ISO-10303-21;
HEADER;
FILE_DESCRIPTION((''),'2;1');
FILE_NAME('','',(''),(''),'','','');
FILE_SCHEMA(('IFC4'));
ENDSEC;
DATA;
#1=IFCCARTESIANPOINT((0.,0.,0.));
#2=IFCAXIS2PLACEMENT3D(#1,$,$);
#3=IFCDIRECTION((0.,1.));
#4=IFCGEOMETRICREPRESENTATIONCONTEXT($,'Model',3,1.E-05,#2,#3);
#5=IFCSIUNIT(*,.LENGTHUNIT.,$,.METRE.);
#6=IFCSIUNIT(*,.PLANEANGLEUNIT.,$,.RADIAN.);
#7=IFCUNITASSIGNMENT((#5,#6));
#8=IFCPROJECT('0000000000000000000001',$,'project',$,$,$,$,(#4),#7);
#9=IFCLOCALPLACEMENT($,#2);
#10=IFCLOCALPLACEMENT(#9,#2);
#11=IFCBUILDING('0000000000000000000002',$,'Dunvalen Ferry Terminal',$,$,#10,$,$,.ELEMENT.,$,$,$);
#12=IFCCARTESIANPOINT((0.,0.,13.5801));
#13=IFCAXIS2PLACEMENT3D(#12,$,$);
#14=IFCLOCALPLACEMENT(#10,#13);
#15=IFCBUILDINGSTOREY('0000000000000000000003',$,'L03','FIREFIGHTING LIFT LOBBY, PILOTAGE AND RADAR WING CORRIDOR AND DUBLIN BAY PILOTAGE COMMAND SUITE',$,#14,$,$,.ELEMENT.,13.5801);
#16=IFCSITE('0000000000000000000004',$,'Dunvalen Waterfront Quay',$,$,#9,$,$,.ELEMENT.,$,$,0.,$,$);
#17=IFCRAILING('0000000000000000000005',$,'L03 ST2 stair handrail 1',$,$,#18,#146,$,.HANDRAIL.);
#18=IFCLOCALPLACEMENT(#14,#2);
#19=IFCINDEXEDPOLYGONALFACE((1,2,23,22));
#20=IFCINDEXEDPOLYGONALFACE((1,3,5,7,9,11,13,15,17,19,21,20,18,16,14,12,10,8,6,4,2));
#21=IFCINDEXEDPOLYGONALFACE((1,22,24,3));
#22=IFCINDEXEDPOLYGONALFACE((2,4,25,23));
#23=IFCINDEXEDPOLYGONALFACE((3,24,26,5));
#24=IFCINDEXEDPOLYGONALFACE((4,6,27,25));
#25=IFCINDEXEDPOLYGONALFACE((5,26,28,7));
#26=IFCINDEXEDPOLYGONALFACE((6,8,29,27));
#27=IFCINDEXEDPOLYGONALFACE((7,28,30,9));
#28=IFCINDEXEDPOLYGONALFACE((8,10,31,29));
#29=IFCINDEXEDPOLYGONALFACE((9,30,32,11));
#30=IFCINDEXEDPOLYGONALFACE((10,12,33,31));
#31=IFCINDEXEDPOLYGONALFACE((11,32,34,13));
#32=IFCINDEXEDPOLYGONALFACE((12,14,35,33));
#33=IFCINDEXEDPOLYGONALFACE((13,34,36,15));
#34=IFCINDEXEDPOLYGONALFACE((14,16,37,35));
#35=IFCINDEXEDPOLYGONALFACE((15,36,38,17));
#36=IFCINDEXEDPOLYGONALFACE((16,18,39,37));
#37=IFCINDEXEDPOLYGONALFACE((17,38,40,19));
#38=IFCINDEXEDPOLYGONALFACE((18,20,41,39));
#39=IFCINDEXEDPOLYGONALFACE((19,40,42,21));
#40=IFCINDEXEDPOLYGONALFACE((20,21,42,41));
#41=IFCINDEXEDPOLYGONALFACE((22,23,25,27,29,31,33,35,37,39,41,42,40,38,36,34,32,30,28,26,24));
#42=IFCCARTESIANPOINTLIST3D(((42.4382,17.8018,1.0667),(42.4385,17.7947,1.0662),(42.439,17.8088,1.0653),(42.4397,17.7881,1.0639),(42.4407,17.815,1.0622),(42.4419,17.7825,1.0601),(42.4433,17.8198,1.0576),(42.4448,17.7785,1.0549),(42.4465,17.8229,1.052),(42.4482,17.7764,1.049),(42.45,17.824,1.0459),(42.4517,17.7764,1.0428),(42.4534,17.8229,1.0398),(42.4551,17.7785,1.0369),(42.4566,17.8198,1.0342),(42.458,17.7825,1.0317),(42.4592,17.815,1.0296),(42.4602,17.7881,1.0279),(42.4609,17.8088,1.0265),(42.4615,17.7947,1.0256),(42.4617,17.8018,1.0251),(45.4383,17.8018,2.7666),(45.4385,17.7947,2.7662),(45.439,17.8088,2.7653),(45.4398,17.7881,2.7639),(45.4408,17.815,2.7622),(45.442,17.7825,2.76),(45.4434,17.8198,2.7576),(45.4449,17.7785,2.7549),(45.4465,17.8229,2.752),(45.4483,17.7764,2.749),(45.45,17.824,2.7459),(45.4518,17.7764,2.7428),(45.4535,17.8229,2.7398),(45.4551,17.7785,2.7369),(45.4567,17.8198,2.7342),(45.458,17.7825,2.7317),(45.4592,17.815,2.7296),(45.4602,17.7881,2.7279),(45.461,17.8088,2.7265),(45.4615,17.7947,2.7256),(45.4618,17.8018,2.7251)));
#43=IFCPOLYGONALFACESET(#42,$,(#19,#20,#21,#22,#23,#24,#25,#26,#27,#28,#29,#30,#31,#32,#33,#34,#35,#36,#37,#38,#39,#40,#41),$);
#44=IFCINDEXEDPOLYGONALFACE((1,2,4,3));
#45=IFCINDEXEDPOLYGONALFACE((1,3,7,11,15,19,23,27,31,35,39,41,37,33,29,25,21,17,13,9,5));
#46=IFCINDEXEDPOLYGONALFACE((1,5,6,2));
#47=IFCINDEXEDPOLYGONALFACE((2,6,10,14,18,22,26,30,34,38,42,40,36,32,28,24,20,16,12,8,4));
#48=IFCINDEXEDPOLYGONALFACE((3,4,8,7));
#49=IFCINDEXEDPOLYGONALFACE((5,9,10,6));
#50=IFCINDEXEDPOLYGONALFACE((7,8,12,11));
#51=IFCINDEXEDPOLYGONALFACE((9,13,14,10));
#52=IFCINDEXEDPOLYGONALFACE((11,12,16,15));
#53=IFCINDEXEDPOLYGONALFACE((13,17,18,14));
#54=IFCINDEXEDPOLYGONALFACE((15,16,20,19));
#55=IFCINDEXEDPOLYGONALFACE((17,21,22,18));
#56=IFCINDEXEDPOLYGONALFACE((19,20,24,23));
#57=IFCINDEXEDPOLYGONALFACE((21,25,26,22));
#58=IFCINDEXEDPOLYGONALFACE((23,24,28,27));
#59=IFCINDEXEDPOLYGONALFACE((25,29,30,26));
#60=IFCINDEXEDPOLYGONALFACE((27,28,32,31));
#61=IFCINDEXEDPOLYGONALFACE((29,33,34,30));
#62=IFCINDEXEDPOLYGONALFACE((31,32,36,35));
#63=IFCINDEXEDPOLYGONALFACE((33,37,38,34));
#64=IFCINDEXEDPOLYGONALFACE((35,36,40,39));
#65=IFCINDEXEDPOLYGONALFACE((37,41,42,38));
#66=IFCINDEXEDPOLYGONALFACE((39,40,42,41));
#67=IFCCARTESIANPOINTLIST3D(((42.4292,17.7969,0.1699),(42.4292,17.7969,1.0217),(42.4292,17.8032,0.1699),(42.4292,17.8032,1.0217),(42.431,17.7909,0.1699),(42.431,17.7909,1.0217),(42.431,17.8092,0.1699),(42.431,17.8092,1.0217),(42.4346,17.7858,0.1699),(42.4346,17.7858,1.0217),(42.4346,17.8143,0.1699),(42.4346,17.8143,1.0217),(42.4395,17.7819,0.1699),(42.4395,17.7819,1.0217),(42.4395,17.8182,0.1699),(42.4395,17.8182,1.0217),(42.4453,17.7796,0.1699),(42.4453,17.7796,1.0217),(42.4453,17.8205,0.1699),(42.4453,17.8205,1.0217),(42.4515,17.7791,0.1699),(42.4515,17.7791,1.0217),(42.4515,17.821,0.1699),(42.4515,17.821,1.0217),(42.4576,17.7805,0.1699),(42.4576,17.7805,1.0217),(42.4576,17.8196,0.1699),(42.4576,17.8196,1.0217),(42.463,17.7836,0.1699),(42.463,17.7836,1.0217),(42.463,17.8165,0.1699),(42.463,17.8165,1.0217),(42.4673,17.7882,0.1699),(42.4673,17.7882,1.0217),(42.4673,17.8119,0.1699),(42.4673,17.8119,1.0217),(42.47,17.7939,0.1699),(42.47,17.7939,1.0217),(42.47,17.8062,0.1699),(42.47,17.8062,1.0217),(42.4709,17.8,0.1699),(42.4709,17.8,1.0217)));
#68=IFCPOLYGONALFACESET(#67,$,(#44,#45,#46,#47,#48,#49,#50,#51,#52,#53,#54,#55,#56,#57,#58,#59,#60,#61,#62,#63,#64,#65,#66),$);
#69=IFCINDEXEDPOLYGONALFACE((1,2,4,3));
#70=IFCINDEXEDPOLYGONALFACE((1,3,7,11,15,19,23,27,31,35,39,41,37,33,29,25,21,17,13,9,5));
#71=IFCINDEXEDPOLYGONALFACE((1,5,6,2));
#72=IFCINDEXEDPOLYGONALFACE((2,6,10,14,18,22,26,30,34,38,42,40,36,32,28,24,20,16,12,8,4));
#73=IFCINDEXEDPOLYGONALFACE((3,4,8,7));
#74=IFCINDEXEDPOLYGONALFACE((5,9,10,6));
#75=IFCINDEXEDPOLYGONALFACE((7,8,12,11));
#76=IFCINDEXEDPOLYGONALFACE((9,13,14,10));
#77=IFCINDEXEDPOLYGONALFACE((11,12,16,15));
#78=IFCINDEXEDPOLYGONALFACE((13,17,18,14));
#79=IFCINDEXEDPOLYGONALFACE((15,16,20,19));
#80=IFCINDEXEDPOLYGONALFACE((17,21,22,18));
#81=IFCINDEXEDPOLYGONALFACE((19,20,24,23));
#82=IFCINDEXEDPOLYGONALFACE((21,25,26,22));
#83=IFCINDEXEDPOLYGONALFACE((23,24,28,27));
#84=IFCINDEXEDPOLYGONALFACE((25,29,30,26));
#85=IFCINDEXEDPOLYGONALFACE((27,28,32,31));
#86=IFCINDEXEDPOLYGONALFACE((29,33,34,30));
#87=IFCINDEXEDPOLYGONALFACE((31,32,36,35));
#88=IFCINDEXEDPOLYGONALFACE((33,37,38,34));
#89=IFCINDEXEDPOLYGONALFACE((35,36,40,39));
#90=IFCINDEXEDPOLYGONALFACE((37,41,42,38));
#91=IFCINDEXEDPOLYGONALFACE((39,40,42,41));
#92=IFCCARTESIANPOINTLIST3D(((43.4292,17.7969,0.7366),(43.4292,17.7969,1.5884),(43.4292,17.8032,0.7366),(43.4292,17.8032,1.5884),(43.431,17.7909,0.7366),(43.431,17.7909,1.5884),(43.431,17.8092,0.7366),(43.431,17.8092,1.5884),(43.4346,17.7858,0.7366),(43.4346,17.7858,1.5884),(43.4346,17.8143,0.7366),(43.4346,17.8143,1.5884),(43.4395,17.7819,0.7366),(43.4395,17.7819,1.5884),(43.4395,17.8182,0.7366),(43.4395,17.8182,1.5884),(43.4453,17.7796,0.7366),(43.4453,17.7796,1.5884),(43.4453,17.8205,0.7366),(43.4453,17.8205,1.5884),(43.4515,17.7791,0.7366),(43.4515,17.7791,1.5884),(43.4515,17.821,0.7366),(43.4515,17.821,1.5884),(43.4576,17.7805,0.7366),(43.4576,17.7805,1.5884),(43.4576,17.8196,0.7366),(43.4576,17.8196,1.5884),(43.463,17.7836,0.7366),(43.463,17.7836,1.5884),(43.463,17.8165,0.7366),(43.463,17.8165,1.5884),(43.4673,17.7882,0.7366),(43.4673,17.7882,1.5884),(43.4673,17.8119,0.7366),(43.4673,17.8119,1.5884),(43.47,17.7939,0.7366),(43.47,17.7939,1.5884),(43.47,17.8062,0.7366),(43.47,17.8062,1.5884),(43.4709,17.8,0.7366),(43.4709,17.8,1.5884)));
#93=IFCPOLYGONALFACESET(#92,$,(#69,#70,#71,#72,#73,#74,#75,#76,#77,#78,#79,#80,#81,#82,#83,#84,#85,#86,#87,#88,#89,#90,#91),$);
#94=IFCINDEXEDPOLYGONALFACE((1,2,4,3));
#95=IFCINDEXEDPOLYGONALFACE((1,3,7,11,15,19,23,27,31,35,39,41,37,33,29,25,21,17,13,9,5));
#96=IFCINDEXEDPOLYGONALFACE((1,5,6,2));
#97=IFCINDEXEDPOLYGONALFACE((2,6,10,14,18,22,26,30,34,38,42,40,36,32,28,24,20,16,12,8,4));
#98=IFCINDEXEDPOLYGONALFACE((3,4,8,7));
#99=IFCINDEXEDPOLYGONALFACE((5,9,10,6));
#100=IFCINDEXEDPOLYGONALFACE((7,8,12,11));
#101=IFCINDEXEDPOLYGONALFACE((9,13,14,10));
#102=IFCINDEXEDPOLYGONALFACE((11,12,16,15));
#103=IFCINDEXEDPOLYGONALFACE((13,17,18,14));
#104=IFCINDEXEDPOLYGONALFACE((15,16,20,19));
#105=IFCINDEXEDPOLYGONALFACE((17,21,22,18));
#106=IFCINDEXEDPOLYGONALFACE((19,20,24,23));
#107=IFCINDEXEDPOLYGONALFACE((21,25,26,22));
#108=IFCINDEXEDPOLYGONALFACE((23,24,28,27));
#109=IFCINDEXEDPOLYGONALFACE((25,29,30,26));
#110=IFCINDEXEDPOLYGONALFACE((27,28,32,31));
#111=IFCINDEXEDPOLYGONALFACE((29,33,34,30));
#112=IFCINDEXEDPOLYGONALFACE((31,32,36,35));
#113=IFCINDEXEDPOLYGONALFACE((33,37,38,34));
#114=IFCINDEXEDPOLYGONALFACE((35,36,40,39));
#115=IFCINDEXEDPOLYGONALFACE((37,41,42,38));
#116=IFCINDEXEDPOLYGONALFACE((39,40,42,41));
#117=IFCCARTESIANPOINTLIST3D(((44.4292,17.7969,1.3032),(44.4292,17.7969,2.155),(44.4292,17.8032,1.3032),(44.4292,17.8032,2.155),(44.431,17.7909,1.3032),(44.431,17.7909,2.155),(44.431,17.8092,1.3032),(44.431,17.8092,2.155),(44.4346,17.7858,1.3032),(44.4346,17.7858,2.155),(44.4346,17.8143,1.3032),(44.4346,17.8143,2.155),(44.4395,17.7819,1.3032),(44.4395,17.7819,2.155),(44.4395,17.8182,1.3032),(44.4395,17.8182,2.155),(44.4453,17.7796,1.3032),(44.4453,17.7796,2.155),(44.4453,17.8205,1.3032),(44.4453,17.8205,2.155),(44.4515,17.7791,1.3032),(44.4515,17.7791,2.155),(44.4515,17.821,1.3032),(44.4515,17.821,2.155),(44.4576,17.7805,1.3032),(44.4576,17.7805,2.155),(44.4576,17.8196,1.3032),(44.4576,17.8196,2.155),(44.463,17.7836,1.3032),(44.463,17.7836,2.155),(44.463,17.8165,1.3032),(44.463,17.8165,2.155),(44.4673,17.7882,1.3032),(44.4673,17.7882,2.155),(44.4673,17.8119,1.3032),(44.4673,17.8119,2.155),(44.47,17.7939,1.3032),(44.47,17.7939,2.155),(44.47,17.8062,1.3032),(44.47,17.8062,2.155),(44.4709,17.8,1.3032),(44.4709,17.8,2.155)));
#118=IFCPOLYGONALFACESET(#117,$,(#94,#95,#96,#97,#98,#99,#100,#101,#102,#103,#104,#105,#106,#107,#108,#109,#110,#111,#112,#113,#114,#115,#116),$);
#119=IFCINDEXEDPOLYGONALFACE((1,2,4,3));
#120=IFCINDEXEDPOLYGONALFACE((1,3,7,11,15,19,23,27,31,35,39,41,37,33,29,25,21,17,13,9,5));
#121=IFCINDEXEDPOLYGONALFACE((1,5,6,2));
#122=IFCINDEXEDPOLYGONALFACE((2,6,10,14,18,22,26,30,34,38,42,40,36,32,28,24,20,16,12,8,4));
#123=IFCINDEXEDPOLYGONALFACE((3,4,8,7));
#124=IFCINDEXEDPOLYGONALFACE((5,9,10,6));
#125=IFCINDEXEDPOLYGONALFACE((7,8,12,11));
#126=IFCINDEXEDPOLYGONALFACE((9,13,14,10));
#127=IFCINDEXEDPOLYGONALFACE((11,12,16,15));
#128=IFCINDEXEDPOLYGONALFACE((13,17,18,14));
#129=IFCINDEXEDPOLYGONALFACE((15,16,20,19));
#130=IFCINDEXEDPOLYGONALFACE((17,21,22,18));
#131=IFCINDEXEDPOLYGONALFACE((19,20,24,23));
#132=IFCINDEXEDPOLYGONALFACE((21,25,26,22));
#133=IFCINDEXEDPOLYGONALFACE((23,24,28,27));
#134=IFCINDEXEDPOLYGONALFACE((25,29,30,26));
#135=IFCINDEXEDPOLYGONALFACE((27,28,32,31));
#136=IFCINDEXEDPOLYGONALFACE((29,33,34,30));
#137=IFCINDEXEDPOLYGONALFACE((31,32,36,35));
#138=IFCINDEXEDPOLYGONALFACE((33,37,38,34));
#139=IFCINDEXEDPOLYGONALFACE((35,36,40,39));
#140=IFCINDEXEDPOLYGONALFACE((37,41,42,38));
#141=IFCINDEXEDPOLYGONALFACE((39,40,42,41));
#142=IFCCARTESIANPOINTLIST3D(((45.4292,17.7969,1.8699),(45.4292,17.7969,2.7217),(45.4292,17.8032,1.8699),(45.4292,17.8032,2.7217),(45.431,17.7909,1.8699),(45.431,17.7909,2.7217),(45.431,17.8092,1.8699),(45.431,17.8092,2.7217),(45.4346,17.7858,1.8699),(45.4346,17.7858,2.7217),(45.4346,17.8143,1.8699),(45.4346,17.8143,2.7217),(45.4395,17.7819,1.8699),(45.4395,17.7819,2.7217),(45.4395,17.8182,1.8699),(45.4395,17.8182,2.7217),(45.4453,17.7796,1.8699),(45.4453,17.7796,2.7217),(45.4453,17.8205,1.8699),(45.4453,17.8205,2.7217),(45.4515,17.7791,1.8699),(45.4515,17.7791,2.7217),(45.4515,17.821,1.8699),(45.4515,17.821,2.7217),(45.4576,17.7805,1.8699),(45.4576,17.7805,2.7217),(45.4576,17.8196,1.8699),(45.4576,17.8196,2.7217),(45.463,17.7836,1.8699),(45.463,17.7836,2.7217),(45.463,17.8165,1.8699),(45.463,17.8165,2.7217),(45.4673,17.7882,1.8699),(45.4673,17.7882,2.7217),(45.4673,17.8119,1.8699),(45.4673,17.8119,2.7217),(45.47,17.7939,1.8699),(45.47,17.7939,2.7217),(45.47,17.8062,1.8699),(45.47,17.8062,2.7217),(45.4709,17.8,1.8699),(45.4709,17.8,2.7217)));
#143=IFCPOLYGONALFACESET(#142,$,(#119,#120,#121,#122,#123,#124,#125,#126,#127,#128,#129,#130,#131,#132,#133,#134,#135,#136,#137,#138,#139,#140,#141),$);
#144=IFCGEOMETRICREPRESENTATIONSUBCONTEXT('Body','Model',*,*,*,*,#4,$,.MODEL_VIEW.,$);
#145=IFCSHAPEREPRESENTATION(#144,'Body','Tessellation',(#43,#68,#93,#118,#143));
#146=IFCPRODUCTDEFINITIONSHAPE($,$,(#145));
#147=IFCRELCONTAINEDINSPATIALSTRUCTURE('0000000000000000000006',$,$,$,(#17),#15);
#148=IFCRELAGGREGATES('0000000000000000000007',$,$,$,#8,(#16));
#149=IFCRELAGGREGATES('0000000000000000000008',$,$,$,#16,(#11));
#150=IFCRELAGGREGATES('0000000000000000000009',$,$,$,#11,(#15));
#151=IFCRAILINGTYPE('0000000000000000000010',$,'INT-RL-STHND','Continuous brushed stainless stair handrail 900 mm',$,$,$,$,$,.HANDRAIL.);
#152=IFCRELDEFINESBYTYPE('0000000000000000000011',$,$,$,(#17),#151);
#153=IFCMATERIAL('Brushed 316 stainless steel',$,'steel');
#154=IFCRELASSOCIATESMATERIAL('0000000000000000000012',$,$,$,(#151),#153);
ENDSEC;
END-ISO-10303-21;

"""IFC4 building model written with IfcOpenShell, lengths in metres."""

from ifc_helpers import new_model, si_unit, direction, frame, origin, origin_2d, place, context, subcontext, project, spatial, circle, extrude, material, type_object, element, save


model = new_model("IFC4")

# Units and contexts
model_context = context("Model", 3, precision=1e-05, world=origin(), true_north=direction((0.0, 1.0)))
body_context = subcontext(model_context, "Body", "Model", "MODEL_VIEW")
ifc_project = project(units=[si_unit("LENGTHUNIT", "METRE"), si_unit("PLANEANGLEUNIT", "RADIAN")], contexts=[model_context])

# Site, building, storey
site_placement = place(None, origin())
site = spatial("IfcSite", under=ifc_project, at=site_placement, Name="Dunvalen Waterfront Quay", CompositionType="ELEMENT", RefElevation=0.0)
building_placement = place(site_placement, origin())
building = spatial("IfcBuilding", under=site, at=building_placement, Name="Dunvalen Ferry Terminal", CompositionType="ELEMENT")
storey_placement = place(building_placement, frame((0.0, 0.0, 13.5801)))
storey = spatial("IfcBuildingStorey", under=building, at=storey_placement, Name="L03", Description="FIREFIGHTING LIFT LOBBY, PILOTAGE AND RADAR WING CORRIDOR AND DUBLIN BAY PILOTAGE COMMAND SUITE", CompositionType="ELEMENT", Elevation=13.5801)

# Shared definitions
ifc_material_1 = material(Name="Brushed 316 stainless steel", Category="steel")

# Railing
railing_type_1 = type_object("IfcRailingType", Name="INT-RL-STHND", Description="Continuous brushed stainless stair handrail 900 mm", PredefinedType="HANDRAIL", material=ifc_material_1)
railing_1_placement = place(storey_placement, frame((42.45, 17.8, 0.1699)))
element("IfcRailing", 1, at=railing_1_placement, inside=storey, type_object=railing_type_1, Name="L03 ST2 stair handrail 1", PredefinedType="HANDRAIL", context=body_context, shape_type="SweptSolid", body=[
    extrude(circle(Radius=0.0239, at=origin_2d()), frame((0.0, 0.0, 0.876), z_axis=(0.870028, 0.0, 0.493002), x_axis=(0.0, 1.0, 0.0)), (0.0, 0.0, 1.0), 3.4482),
    extrude(circle(Radius=0.021, at=origin_2d()), origin(), (0.0, 0.0, 1.0), 0.8518),
    extrude(circle(Radius=0.021, at=origin_2d()), frame((1.0, 0.0, 0.5667)), (0.0, 0.0, 1.0), 0.8518),
    extrude(circle(Radius=0.021, at=origin_2d()), frame((2.0, 0.0, 1.1333)), (0.0, 0.0, 1.0), 0.8518),
    extrude(circle(Radius=0.021, at=origin_2d()), frame((3.0, 0.0, 1.7)), (0.0, 0.0, 1.0), 0.8518),
])

save(model, "model.ifc")
